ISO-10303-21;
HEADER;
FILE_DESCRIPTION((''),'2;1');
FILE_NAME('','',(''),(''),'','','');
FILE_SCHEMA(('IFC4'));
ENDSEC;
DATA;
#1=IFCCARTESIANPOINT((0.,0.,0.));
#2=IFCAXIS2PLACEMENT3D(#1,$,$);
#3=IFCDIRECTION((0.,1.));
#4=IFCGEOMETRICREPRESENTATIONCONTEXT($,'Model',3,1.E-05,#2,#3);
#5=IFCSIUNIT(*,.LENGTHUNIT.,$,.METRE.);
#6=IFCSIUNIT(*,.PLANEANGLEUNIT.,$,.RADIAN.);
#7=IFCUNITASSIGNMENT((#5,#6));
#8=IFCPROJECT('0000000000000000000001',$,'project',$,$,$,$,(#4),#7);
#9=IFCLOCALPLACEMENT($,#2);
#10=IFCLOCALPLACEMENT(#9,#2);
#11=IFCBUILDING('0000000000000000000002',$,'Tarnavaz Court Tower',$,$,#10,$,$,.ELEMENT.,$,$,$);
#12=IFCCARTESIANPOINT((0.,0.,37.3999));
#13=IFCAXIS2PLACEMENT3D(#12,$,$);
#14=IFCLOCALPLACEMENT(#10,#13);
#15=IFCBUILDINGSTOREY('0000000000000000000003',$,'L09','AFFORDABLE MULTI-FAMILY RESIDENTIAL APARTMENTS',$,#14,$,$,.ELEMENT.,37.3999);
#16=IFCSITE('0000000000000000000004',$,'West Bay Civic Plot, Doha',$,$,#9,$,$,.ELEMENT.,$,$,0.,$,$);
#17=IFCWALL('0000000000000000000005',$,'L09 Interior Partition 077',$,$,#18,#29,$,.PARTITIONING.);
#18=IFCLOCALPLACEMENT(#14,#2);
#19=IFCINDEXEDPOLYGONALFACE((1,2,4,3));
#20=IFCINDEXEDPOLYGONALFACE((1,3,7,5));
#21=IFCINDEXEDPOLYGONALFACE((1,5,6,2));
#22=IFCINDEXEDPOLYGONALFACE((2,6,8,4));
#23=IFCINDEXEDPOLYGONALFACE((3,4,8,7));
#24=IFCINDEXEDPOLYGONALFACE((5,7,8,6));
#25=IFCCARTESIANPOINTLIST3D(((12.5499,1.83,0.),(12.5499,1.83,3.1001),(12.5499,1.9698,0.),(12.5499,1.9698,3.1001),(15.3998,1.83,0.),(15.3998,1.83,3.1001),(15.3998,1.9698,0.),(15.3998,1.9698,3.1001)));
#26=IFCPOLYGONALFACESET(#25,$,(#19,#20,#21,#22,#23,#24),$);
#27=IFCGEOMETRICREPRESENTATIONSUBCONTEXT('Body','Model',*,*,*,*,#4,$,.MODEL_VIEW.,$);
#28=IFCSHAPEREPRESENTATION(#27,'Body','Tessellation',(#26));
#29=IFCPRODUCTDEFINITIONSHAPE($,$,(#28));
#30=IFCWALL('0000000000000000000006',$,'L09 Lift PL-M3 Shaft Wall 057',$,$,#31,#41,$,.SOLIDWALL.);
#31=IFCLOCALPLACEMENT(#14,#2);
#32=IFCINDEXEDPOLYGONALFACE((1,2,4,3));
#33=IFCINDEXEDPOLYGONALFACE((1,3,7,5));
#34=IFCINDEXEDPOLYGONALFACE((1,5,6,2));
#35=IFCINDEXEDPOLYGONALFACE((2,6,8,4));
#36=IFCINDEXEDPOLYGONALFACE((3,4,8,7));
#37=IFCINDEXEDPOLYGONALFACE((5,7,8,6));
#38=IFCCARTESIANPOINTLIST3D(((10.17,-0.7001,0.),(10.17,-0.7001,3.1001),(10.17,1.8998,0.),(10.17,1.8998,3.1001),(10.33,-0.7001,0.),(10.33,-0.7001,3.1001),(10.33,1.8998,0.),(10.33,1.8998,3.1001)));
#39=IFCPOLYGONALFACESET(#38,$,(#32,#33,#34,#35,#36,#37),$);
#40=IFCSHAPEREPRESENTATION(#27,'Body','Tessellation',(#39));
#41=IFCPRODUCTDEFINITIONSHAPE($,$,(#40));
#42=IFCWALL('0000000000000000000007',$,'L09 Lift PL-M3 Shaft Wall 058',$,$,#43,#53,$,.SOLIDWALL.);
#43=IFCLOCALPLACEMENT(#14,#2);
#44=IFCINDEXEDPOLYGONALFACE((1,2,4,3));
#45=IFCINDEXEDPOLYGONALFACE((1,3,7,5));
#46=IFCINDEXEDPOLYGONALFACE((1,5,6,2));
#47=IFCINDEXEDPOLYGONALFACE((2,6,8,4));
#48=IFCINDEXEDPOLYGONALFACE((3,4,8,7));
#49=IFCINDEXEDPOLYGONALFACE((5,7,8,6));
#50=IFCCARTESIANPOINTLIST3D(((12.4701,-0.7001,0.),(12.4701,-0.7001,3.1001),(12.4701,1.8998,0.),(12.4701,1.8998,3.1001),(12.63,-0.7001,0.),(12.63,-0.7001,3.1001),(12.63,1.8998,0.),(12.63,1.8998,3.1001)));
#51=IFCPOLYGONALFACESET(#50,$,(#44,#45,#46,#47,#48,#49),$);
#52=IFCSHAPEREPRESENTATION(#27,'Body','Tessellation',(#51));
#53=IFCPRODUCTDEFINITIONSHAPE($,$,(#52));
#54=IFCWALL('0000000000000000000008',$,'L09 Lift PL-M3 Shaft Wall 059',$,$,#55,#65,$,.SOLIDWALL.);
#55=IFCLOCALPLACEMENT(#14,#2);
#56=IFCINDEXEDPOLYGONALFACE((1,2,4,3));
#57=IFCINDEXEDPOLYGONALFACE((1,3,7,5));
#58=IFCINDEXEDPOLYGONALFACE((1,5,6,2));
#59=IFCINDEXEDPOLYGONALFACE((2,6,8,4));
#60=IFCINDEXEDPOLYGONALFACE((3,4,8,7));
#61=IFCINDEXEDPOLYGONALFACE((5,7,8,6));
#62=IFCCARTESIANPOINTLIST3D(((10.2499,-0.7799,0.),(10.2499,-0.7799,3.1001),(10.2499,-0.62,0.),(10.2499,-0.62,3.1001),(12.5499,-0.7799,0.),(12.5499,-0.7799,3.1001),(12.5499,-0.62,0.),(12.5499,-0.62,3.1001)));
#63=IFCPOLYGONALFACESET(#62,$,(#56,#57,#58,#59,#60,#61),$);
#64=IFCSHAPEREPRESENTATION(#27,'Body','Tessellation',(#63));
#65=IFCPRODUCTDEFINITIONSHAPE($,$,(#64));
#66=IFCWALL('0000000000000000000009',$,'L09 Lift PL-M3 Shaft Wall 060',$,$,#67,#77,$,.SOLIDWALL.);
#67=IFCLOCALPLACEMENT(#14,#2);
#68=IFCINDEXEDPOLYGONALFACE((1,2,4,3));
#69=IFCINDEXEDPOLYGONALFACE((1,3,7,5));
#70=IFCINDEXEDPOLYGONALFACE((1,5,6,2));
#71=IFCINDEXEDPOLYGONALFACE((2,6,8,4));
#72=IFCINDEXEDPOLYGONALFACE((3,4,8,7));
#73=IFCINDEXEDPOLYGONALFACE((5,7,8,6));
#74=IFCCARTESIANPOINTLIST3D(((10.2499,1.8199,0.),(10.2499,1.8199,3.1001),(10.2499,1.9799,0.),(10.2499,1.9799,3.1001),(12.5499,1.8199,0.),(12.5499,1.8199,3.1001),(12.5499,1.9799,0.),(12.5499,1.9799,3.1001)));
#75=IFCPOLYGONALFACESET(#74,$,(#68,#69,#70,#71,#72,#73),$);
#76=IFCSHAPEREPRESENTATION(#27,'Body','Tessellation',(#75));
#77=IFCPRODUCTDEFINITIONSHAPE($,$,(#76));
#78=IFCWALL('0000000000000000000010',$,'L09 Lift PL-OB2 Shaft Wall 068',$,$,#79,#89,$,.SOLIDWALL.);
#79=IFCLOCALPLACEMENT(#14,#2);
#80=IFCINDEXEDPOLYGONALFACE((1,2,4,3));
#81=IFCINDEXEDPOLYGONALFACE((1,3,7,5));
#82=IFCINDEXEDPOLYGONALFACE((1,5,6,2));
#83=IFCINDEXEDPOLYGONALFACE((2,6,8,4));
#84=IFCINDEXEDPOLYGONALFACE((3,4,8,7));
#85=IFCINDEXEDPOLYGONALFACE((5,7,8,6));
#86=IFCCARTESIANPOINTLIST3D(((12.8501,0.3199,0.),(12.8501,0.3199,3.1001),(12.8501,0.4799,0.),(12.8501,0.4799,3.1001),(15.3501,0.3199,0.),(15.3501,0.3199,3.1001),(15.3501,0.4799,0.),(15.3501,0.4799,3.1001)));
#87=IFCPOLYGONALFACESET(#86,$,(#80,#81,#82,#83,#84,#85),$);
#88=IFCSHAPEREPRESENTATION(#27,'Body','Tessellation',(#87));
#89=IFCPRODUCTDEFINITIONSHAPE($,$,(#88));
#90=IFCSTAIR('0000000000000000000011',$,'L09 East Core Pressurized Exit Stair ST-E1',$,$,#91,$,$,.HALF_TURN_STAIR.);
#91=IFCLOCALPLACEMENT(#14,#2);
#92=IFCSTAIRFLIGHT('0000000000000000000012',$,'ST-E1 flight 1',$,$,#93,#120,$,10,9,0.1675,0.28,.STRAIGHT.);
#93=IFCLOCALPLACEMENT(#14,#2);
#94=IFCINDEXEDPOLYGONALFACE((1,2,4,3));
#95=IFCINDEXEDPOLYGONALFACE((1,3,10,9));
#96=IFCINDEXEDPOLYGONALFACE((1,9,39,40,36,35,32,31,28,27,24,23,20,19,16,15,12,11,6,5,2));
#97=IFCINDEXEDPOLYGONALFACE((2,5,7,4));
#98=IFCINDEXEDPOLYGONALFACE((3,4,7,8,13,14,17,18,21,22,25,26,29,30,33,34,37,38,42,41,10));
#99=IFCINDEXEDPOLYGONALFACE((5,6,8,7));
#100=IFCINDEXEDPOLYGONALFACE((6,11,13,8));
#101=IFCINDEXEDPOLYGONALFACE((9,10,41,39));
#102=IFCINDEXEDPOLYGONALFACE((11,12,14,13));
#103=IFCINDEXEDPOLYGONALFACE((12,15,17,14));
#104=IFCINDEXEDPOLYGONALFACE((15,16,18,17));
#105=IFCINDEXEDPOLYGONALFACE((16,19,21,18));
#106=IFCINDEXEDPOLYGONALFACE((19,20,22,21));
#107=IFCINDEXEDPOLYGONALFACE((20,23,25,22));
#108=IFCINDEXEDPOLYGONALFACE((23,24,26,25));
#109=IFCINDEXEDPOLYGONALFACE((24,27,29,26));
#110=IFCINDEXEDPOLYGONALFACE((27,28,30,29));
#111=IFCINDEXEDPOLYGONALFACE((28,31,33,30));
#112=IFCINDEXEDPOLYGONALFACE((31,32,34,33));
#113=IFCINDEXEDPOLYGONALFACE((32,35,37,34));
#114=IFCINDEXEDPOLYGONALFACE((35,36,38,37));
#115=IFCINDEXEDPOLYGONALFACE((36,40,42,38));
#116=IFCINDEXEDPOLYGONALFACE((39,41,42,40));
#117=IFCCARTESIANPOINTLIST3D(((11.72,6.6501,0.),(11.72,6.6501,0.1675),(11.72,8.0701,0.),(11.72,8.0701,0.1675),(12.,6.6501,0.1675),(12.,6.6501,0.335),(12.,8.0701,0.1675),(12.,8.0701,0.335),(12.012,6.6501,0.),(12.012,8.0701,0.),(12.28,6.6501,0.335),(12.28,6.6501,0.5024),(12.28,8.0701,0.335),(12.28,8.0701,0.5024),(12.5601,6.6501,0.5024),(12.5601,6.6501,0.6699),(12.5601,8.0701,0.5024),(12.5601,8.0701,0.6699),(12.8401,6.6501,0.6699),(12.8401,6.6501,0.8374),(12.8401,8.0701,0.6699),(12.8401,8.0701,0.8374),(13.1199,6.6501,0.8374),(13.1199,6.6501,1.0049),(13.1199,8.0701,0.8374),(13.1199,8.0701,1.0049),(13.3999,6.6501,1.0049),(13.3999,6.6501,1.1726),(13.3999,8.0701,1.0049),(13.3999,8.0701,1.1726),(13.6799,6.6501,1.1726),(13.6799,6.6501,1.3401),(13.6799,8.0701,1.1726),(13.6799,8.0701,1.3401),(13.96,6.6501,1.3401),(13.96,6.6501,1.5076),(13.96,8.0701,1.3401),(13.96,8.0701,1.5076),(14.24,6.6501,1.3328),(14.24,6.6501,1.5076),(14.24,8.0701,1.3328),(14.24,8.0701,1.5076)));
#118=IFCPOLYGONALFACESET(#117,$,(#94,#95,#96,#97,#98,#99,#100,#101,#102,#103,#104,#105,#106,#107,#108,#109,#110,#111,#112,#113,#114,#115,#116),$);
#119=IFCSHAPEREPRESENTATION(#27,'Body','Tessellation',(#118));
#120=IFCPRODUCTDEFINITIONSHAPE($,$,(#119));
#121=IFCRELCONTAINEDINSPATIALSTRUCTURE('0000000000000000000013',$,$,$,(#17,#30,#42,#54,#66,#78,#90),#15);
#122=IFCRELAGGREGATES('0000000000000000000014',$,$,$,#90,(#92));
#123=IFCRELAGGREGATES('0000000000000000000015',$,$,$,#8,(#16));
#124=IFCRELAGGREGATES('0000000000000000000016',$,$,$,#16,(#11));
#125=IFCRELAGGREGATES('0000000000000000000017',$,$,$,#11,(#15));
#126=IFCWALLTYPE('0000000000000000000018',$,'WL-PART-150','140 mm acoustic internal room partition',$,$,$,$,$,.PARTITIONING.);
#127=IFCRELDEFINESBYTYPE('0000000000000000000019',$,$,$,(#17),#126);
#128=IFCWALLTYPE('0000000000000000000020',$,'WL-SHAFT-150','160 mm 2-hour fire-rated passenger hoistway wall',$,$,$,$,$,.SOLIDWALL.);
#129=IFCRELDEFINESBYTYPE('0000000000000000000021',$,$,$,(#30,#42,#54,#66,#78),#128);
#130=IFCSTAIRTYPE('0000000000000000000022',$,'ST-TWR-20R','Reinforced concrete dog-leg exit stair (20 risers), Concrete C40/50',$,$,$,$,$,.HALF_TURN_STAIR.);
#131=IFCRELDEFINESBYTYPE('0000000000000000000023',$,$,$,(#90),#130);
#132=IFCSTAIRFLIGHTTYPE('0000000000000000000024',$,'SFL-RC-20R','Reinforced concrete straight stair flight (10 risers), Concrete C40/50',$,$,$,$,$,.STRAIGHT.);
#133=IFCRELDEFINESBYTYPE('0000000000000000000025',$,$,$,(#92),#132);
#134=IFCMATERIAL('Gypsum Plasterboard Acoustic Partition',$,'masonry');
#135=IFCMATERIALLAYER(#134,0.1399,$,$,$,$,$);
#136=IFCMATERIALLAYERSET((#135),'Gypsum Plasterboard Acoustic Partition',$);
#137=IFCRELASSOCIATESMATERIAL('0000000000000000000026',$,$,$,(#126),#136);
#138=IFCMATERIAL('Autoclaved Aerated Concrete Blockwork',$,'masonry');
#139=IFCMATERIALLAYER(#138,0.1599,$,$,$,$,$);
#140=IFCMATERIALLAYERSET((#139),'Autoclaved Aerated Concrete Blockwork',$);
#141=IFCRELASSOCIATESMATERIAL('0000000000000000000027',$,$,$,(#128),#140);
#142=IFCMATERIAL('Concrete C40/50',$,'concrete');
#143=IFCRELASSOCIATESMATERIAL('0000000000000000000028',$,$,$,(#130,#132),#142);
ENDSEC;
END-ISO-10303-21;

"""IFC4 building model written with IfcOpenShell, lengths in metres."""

from ifc_helpers import new_model, si_unit, direction, frame, frame_2d, origin, place, context, subcontext, project, spatial, polyline, rectangle, outline, extrude, material, layer, layer_set, type_object, element, aggregate, save


model = new_model("IFC4")

# Units and contexts
model_context = context("Model", 3, precision=1e-05, world=origin(), true_north=direction((0.0, 1.0)))
body_context = subcontext(model_context, "Body", "Model", "MODEL_VIEW")
ifc_project = project(units=[si_unit("LENGTHUNIT", "METRE"), si_unit("PLANEANGLEUNIT", "RADIAN")], contexts=[model_context])

# Site, building, storey
site_placement = place(None, origin())
site = spatial("IfcSite", under=ifc_project, at=site_placement, Name="West Bay Civic Plot, Doha", CompositionType="ELEMENT", RefElevation=0.0)
building_placement = place(site_placement, origin())
building = spatial("IfcBuilding", under=site, at=building_placement, Name="Tarnavaz Court Tower", CompositionType="ELEMENT")
storey_placement = place(building_placement, frame((0.0, 0.0, 37.3999)))
storey = spatial("IfcBuildingStorey", under=building, at=storey_placement, Name="L09", Description="AFFORDABLE MULTI-FAMILY RESIDENTIAL APARTMENTS", CompositionType="ELEMENT", Elevation=37.3999)

# Shared definitions
ifc_material_1 = material(Name="Autoclaved Aerated Concrete Blockwork", Category="masonry")

# Walls
ifc_material_2 = material(Name="Gypsum Plasterboard Acoustic Partition", Category="masonry")
ifc_layer_1 = layer(ifc_material_2, 0.1399)
ifc_layer_set_1 = layer_set([ifc_layer_1], Name="Gypsum Plasterboard Acoustic Partition")
wall_type_1 = type_object("IfcWallType", Name="WL-PART-150", Description="140 mm acoustic internal room partition", PredefinedType="PARTITIONING", material=ifc_layer_set_1)
wall_1_placement = place(storey_placement, frame((12.55, 1.8999, 0.0), z_axis=(0.0, 0.0, 1.0), x_axis=(1.0, 0.0, 0.0)))
element("IfcWall", 1, at=wall_1_placement, inside=storey, type_object=wall_type_1, Name="L09 Interior Partition 077", PredefinedType="PARTITIONING", context=body_context, shape_type="SweptSolid", body=[
    extrude(rectangle(XDim=2.8499, YDim=0.1399, at=frame_2d((1.4248, 0.0))), origin(), (0.0, 0.0, 1.0), 3.1001),
])
ifc_layer_2 = layer(ifc_material_1, 0.1599)
ifc_layer_set_2 = layer_set([ifc_layer_2], Name="Autoclaved Aerated Concrete Blockwork")
wall_type_2 = type_object("IfcWallType", Name="WL-SHAFT-150", Description="160 mm 2-hour fire-rated passenger hoistway wall", PredefinedType="SOLIDWALL", material=ifc_layer_set_2)
for number, where, z_axis, x_axis, name in (
    (2, (10.25, -0.7, 0.0), (0.0, 0.0, 1.0), (0.0, 1.0, 0.0), "L09 Lift PL-M3 Shaft Wall 057"),
    (3, (12.55, -0.7, 0.0), (0.0, 0.0, 1.0), (0.0, 1.0, 0.0), "L09 Lift PL-M3 Shaft Wall 058"),
):
    element("IfcWall", number, at=place(storey_placement, frame(where, z_axis=z_axis, x_axis=x_axis)), inside=storey, type_object=wall_type_2, Name=name, PredefinedType="SOLIDWALL", context=body_context, shape_type="SweptSolid", body=[
        extrude(rectangle(XDim=2.5999, YDim=0.1599, at=frame_2d((1.2998, 0.0))), origin(), (0.0, 0.0, 1.0), 3.1001),
    ])
for number, where, z_axis, x_axis, name in (
    (4, (10.25, -0.7, 0.0), (0.0, 0.0, 1.0), (1.0, 0.0, 0.0), "L09 Lift PL-M3 Shaft Wall 059"),
    (5, (10.25, 1.8999, 0.0), (0.0, 0.0, 1.0), (1.0, 0.0, 0.0), "L09 Lift PL-M3 Shaft Wall 060"),
):
    element("IfcWall", number, at=place(storey_placement, frame(where, z_axis=z_axis, x_axis=x_axis)), inside=storey, type_object=wall_type_2, Name=name, PredefinedType="SOLIDWALL", context=body_context, shape_type="SweptSolid", body=[
        extrude(rectangle(XDim=2.3, YDim=0.1599, at=frame_2d((1.1499, 0.0))), origin(), (0.0, 0.0, 1.0), 3.1001),
    ])
wall_2_placement = place(storey_placement, frame((12.8501, 0.3999, 0.0), z_axis=(0.0, 0.0, 1.0), x_axis=(1.0, 0.0, 0.0)))
element("IfcWall", 6, at=wall_2_placement, inside=storey, type_object=wall_type_2, Name="L09 Lift PL-OB2 Shaft Wall 068", PredefinedType="SOLIDWALL", context=body_context, shape_type="SweptSolid", body=[
    extrude(rectangle(XDim=2.5, YDim=0.1599, at=frame_2d((1.25, 0.0))), origin(), (0.0, 0.0, 1.0), 3.1001),
])

# Stair, stair flight
ifc_material_3 = material(Name="Concrete C40/50", Category="concrete")
stair_type = type_object("IfcStairType", Name="ST-TWR-20R", Description="Reinforced concrete dog-leg exit stair (20 risers), Concrete C40/50", PredefinedType="HALF_TURN_STAIR", material=ifc_material_3)
stair_placement = place(storey_placement, origin())
stair = element("IfcStair", 7, at=stair_placement, inside=storey, type_object=stair_type, Name="L09 East Core Pressurized Exit Stair ST-E1", PredefinedType="HALF_TURN_STAIR")
stair_flight_type = type_object("IfcStairFlightType", Name="SFL-RC-20R", Description="Reinforced concrete straight stair flight (10 risers), Concrete C40/50", PredefinedType="STRAIGHT", material=ifc_material_3)
stair_flight_placement = place(storey_placement, frame((11.72, 7.3601, 0.0), z_axis=(0.0, 0.0, 1.0), x_axis=(1.0, 0.0, 0.0)))
stair_flight = element("IfcStairFlight", 8, at=stair_flight_placement, type_object=stair_flight_type, Name="ST-E1 flight 1", NumberOfRisers=10, NumberOfTreads=9, PredefinedType="STRAIGHT", RiserHeight=0.1675, TreadLength=0.28, context=body_context, shape_type="SweptSolid", body=[
    extrude(outline(polyline([(0.0, 0.0), (0.0, 0.1675), (0.28, 0.1675), (0.28, 0.335), (0.5601, 0.335), (0.5601, 0.5024), (0.8401, 0.5024), (0.8401, 0.6699), (1.1201, 0.6699), (1.1201, 0.8374), (1.3999, 0.8374), (1.3999, 1.0049), (1.6799, 1.0049), (1.6799, 1.1726), (1.96, 1.1726), (1.96, 1.3401), (2.24, 1.3401), (2.24, 1.5076), (2.52, 1.5076), (2.52, 1.675), (2.52, 1.3328), (0.292, 0.0), (0.0, 0.0)])), frame((0.0, 0.71, 0.0), z_axis=(0.0, -1.0, 0.0), x_axis=(1.0, 0.0, 0.0)), (0.0, 0.0, 1.0), 1.4199),
])
aggregate(stair, [stair_flight])

save(model, "model.ifc")
